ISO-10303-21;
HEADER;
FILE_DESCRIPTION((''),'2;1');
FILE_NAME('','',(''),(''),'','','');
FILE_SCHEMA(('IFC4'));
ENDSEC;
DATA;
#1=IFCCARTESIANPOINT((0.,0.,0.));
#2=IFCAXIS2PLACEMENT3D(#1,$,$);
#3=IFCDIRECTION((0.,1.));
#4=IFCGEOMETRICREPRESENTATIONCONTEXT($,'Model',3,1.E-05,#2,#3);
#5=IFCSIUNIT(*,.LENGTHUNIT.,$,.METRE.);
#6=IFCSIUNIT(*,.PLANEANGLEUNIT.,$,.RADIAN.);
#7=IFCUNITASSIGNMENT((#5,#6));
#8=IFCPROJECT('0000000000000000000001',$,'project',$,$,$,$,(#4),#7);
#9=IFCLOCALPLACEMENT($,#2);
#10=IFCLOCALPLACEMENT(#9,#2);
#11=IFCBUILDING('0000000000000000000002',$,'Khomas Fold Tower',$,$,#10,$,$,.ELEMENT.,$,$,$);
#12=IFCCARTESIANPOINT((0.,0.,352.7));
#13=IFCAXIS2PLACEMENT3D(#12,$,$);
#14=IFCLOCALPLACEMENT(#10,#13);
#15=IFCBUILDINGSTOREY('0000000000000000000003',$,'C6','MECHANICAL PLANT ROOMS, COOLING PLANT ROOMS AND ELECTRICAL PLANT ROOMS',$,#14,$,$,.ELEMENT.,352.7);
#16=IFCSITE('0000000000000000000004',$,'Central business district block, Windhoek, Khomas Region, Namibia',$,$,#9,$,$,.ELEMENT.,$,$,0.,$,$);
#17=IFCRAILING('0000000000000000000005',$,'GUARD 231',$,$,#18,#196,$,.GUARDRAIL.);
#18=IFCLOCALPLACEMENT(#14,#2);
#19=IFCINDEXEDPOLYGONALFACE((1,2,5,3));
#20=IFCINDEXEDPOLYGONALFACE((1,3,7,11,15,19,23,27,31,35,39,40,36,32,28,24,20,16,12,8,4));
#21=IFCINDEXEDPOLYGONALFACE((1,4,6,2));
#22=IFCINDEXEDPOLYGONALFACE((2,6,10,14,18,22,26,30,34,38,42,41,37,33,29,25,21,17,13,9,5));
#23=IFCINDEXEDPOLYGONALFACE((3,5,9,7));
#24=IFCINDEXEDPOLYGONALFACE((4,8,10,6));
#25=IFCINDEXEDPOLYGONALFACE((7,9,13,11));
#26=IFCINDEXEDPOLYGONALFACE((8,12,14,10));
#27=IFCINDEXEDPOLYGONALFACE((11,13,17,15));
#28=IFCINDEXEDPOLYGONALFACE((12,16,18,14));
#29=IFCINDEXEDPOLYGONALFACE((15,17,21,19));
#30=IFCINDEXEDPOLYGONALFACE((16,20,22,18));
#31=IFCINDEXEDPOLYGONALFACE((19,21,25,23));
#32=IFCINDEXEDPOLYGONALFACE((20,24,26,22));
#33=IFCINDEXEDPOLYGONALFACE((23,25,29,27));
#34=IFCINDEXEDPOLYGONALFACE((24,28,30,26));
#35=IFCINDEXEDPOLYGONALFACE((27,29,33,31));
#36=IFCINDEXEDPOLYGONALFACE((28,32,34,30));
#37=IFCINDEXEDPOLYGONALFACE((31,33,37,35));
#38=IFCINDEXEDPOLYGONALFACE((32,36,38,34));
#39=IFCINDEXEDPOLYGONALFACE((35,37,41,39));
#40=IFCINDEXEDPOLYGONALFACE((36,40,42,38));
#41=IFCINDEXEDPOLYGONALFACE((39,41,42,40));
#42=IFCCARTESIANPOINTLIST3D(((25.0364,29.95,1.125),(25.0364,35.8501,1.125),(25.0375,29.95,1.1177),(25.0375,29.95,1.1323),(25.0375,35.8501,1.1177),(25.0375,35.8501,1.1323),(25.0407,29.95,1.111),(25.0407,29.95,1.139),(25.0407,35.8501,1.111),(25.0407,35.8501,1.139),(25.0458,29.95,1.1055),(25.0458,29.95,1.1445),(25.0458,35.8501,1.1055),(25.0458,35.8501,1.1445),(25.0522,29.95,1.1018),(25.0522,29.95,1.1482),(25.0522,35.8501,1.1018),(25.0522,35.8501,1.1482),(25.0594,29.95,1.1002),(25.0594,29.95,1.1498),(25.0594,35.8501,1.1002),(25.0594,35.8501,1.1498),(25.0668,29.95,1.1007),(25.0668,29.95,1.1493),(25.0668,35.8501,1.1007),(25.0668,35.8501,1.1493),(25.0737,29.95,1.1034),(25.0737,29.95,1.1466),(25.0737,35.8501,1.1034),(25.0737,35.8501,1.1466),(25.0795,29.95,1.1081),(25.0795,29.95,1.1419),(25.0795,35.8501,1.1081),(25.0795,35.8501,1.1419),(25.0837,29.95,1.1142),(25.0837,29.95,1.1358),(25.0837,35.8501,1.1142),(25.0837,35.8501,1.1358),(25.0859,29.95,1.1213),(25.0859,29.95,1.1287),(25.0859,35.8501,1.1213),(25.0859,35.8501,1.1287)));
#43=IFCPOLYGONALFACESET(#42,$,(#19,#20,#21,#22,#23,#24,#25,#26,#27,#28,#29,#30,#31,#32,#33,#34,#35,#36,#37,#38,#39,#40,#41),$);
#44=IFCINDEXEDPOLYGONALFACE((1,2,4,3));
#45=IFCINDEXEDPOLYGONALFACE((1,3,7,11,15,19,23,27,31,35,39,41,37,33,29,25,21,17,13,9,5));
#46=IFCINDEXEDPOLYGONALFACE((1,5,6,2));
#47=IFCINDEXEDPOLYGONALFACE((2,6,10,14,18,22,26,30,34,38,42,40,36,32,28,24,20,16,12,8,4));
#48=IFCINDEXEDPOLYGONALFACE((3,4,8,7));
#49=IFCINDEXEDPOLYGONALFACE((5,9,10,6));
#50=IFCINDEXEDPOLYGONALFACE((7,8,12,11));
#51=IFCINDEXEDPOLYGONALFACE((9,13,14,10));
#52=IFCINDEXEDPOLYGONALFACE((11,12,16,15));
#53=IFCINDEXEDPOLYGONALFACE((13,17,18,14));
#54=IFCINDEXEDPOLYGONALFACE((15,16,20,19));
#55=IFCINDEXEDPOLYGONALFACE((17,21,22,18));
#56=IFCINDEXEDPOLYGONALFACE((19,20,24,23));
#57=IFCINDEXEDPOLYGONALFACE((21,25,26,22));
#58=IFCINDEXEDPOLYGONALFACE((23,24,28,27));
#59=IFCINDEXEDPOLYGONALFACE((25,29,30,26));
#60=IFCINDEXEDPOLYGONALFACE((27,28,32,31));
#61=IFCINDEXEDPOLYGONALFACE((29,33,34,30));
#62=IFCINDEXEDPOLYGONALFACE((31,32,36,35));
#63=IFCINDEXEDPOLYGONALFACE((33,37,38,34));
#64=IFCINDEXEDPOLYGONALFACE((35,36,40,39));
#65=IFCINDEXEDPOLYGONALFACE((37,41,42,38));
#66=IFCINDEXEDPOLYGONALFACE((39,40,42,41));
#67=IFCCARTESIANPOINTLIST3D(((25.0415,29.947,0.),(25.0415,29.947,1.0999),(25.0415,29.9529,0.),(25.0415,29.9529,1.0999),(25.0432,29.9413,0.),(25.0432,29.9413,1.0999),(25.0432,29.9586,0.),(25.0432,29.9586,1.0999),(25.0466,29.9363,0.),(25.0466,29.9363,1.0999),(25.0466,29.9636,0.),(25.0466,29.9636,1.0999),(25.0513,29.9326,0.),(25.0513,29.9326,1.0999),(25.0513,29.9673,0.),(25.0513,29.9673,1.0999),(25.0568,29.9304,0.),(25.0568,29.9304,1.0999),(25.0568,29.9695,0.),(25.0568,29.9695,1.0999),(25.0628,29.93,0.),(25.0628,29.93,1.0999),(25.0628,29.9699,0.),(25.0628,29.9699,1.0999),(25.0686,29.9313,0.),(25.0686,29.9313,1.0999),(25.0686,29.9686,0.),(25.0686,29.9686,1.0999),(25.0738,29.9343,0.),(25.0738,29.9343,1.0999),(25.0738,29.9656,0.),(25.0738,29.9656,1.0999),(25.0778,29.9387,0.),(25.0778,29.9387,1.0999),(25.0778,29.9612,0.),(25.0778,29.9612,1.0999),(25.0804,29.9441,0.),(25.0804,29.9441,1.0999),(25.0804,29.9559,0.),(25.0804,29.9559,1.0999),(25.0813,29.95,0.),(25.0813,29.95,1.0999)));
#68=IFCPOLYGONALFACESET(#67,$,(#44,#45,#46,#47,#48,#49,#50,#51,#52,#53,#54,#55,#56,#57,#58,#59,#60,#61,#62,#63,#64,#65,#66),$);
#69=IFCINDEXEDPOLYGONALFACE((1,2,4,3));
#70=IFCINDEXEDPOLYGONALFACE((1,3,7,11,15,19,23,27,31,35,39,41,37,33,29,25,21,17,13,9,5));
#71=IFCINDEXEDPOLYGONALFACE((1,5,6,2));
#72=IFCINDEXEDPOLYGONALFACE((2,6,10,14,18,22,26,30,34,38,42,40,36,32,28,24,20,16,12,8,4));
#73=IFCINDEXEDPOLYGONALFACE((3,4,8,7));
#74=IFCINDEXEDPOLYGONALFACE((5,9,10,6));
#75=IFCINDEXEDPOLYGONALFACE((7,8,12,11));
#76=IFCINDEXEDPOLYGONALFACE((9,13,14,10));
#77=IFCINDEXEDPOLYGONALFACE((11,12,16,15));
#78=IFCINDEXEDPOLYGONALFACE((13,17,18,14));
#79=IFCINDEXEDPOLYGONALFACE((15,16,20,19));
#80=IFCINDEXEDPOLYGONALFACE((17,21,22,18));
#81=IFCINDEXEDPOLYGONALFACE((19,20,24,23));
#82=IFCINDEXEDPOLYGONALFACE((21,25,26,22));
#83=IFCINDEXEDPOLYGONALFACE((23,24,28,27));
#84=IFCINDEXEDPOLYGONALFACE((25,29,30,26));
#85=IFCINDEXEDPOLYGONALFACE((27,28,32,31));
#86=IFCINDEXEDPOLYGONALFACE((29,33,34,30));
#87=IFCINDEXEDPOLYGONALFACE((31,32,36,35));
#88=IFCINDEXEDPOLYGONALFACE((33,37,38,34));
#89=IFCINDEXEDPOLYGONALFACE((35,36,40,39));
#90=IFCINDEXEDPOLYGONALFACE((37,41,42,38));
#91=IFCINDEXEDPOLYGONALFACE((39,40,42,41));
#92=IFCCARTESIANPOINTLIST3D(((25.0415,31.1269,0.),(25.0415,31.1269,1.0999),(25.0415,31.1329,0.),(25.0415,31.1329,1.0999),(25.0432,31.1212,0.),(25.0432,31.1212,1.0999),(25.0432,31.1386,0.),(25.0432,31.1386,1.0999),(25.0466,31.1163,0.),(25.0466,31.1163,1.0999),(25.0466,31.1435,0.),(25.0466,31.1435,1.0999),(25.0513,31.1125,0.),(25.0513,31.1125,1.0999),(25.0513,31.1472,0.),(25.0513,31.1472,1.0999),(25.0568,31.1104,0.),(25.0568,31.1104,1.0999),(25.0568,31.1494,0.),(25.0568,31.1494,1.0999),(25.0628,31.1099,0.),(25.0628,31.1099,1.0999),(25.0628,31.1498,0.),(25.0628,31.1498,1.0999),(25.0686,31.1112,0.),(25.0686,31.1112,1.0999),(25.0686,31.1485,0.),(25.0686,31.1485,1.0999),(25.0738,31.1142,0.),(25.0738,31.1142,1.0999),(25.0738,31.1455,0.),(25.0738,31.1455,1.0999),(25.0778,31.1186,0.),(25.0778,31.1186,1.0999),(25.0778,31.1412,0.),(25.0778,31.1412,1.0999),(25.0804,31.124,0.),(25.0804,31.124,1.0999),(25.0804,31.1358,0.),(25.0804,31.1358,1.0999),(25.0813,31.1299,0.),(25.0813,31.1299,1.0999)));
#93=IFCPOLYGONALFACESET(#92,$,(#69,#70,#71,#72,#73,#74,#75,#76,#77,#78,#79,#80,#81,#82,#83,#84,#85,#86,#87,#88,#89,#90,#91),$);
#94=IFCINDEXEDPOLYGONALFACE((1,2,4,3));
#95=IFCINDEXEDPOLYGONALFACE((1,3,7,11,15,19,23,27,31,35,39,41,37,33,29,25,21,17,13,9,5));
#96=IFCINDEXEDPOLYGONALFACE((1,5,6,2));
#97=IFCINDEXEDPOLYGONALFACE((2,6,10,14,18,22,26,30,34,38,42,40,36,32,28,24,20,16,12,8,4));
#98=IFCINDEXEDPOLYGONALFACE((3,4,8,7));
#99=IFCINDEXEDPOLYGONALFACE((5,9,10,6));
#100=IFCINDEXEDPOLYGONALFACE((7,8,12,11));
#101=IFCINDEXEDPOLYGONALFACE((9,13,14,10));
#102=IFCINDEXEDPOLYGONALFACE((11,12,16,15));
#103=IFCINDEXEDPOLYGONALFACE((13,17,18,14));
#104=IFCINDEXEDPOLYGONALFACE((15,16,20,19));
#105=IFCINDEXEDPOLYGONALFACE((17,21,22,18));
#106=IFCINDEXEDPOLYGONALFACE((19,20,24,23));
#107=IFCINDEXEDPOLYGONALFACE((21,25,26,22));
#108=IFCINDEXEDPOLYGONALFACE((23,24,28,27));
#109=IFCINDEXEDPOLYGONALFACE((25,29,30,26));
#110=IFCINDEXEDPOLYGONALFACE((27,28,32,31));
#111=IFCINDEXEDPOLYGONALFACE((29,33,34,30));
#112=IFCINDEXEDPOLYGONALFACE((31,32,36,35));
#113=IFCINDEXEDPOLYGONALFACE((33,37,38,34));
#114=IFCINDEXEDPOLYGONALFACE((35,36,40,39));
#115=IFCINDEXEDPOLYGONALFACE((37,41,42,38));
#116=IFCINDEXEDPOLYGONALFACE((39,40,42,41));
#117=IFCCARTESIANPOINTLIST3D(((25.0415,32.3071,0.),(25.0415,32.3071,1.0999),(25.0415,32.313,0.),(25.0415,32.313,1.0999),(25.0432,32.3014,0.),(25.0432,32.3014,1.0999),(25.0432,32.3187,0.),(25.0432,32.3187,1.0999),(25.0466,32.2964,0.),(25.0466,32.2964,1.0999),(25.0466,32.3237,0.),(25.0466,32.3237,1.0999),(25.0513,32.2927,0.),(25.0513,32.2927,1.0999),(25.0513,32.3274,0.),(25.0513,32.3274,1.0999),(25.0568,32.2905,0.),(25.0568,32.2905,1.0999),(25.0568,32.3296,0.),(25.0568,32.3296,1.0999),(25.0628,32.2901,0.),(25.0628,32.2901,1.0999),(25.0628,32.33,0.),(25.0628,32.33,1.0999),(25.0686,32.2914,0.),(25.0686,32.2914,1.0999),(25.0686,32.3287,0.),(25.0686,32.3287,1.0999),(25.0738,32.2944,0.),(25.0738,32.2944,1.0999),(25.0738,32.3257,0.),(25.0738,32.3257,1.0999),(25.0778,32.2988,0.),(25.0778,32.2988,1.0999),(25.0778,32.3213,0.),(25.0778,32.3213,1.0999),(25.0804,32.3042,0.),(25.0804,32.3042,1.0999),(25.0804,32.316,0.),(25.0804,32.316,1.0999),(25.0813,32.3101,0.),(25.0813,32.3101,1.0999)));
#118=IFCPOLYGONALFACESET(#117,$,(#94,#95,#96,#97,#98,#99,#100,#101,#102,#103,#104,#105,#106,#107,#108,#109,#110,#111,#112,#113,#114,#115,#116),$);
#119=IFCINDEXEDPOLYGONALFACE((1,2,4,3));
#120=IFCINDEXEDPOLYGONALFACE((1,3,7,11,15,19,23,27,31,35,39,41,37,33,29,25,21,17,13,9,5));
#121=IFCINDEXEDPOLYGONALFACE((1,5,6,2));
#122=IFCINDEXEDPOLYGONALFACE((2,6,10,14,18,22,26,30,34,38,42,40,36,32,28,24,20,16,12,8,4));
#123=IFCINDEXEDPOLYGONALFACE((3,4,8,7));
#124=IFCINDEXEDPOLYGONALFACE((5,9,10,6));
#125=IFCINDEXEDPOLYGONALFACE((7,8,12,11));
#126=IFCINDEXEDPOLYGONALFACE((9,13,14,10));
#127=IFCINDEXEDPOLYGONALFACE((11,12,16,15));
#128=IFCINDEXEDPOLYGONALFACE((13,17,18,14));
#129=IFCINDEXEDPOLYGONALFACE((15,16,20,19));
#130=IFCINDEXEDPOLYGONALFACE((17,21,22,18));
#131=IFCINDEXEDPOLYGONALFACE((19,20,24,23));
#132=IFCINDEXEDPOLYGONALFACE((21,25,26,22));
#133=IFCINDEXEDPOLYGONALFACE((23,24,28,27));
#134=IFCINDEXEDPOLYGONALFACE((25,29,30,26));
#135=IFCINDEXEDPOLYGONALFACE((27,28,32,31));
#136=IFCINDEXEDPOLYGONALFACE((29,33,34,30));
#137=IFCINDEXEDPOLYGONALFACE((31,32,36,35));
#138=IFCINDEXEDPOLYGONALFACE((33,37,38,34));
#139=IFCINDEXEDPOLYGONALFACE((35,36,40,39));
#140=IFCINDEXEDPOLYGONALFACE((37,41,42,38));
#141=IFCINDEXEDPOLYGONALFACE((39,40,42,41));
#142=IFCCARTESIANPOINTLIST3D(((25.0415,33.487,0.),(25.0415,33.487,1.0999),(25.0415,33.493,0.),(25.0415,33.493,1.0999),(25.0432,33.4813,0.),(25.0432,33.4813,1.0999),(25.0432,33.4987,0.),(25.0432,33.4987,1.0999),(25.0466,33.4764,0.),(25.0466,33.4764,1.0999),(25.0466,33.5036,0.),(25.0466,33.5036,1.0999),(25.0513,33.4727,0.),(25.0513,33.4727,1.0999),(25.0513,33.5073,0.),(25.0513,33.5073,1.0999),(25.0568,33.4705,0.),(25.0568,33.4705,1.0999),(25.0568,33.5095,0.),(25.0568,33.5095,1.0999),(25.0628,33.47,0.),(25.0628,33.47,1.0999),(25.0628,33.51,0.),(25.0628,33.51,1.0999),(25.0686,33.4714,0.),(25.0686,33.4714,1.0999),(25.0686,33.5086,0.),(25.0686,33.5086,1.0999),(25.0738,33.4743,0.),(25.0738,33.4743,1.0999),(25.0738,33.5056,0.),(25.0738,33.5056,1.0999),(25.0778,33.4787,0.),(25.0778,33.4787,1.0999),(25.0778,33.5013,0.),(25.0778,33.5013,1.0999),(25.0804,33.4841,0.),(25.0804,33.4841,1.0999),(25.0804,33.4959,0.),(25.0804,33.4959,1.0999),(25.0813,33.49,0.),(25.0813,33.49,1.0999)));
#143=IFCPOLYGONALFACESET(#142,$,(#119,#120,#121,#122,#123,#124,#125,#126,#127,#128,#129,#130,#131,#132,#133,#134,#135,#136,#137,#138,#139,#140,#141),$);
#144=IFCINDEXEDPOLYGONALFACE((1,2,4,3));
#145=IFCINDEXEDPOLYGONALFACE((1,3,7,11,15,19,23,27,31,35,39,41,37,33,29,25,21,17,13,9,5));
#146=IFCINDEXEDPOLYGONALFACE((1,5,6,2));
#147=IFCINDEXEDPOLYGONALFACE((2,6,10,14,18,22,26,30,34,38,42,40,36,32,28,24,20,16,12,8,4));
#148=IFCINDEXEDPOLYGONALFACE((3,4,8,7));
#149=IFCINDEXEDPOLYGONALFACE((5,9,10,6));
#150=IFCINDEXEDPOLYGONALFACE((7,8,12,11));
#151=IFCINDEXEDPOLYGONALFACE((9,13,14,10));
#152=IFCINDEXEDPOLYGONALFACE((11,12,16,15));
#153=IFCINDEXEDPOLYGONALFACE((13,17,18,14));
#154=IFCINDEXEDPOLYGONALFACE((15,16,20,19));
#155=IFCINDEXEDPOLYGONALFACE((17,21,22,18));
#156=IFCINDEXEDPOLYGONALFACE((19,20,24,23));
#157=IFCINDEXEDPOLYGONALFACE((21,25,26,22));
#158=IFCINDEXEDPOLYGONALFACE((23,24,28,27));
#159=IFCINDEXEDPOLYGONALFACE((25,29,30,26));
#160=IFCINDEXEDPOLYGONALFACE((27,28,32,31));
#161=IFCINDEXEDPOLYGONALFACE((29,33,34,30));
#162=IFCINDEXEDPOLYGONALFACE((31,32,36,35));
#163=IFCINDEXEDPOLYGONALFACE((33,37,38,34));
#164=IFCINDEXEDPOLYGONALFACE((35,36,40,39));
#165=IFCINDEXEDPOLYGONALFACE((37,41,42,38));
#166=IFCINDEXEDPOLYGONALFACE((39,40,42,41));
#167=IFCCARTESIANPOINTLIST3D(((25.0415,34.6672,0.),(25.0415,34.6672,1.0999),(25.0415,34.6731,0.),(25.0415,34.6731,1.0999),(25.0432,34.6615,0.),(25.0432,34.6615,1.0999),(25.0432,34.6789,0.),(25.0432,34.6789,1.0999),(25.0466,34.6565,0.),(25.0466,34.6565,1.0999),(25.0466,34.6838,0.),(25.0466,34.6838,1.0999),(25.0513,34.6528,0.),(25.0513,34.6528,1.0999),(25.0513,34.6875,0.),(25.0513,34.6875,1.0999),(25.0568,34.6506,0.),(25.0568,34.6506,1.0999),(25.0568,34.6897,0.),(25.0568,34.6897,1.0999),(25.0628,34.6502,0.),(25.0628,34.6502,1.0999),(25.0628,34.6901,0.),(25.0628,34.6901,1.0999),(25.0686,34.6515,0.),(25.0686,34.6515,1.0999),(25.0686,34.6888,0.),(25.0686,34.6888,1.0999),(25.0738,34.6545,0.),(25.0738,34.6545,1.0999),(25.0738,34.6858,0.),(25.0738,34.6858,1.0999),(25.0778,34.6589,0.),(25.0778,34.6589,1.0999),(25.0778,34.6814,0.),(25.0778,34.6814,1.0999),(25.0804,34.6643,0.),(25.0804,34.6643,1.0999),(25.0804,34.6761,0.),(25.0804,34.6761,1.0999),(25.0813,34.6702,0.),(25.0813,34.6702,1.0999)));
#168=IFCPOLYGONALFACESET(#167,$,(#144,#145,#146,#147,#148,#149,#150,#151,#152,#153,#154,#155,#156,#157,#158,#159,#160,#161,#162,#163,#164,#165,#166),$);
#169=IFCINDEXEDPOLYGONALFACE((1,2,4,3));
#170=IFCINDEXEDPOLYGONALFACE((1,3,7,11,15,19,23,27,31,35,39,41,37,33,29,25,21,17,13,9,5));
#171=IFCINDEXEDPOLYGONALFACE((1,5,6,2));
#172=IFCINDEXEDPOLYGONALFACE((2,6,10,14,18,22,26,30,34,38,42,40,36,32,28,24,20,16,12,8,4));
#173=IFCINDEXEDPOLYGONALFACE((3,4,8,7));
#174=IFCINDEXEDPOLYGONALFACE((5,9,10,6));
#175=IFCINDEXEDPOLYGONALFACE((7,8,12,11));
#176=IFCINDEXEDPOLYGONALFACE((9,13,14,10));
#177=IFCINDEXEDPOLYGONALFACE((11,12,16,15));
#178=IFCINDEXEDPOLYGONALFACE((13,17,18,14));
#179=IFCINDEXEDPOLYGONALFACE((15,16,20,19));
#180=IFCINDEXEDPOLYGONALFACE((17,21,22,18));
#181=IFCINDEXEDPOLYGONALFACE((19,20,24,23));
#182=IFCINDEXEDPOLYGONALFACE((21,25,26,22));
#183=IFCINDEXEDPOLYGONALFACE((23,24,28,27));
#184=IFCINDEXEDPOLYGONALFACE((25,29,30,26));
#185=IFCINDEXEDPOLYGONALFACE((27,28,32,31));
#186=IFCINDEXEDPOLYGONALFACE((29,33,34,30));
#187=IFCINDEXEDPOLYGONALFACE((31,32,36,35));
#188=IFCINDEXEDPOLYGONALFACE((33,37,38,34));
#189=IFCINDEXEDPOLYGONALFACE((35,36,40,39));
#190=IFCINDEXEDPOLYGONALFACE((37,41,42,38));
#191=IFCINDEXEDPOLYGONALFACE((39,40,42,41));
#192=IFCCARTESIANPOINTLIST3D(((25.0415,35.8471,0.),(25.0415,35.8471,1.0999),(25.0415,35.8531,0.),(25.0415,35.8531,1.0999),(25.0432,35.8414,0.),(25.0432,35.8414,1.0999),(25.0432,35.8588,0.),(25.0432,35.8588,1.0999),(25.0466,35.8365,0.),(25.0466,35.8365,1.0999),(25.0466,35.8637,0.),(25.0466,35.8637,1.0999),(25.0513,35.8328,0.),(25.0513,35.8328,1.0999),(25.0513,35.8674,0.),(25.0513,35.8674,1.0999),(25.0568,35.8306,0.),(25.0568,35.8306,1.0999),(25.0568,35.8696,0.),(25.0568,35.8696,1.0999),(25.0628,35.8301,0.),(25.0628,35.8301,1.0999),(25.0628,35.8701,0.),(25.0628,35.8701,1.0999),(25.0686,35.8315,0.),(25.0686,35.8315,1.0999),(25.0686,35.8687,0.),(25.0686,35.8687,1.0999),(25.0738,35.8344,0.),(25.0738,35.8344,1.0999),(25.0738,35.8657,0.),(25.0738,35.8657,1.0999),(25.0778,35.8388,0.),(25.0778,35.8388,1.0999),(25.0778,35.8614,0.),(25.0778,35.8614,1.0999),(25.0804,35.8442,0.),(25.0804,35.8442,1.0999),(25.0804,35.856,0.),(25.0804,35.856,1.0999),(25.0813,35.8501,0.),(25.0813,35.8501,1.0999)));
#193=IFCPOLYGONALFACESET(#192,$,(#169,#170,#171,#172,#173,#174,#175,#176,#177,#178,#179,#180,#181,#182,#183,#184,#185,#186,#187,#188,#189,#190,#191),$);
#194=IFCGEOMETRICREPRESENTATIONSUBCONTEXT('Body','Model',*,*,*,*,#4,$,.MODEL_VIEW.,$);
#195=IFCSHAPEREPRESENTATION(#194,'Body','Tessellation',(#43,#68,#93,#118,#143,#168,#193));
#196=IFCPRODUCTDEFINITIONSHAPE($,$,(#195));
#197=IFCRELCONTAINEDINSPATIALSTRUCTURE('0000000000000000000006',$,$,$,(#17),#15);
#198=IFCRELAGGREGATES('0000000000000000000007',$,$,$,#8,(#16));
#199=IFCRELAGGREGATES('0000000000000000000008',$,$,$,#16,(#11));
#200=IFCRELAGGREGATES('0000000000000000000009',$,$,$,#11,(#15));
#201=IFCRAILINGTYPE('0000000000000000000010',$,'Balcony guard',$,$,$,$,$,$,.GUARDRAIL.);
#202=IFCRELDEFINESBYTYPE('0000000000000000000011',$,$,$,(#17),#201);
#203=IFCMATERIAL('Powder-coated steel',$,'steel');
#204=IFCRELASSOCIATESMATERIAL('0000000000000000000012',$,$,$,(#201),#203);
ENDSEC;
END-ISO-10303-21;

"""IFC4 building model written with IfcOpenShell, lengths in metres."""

from ifc_helpers import new_model, si_unit, direction, frame, origin, origin_2d, place, context, subcontext, project, spatial, circle, extrude, source, transform, mapped, material, type_object, element, save


model = new_model("IFC4")

# Units and contexts
model_context = context("Model", 3, precision=1e-05, world=origin(), true_north=direction((0.0, 1.0)))
body_context = subcontext(model_context, "Body", "Model", "MODEL_VIEW")
ifc_project = project(units=[si_unit("LENGTHUNIT", "METRE"), si_unit("PLANEANGLEUNIT", "RADIAN")], contexts=[model_context])

# Site, building, storey
site_placement = place(None, origin())
site = spatial("IfcSite", under=ifc_project, at=site_placement, Name="Central business district block, Windhoek, Khomas Region, Namibia", CompositionType="ELEMENT", RefElevation=0.0)
building_placement = place(site_placement, origin())
building = spatial("IfcBuilding", under=site, at=building_placement, Name="Khomas Fold Tower", CompositionType="ELEMENT")
storey_placement = place(building_placement, frame((0.0, 0.0, 352.7)))
storey = spatial("IfcBuildingStorey", under=building, at=storey_placement, Name="C6", Description="MECHANICAL PLANT ROOMS, COOLING PLANT ROOMS AND ELECTRICAL PLANT ROOMS", CompositionType="ELEMENT", Elevation=352.7)

# Railing
ifc_material_1 = material(Name="Powder-coated steel", Category="steel")
railing_type = type_object("IfcRailingType", Name="Balcony guard", PredefinedType="GUARDRAIL", material=ifc_material_1)
shared_shape_1 = source(origin(), body_context, "Body", "SweptSolid", [
    extrude(circle(Radius=0.0249, at=origin_2d()), frame((0.0, 0.0, 1.125), z_axis=(0.0, 1.0, 0.0), x_axis=(-1.0, 0.0, 0.0)), (0.0, 0.0, 1.0), 5.9001),
    extrude(circle(Radius=0.02, at=origin_2d()), origin(), (0.0, 0.0, 1.0), 1.0999),
    extrude(circle(Radius=0.02, at=origin_2d()), frame((0.0, 1.1799, 0.0)), (0.0, 0.0, 1.0), 1.0999),
    extrude(circle(Radius=0.02, at=origin_2d()), frame((0.0, 2.3601, 0.0)), (0.0, 0.0, 1.0), 1.0999),
    extrude(circle(Radius=0.02, at=origin_2d()), frame((0.0, 3.54, 0.0)), (0.0, 0.0, 1.0), 1.0999),
    extrude(circle(Radius=0.02, at=origin_2d()), frame((0.0, 4.7202, 0.0)), (0.0, 0.0, 1.0), 1.0999),
    extrude(circle(Radius=0.02, at=origin_2d()), frame((0.0, 5.9001, 0.0)), (0.0, 0.0, 1.0), 1.0999),
])
railing_placement = place(storey_placement, frame((25.0613, 29.95, 0.0)))
element("IfcRailing", 1, at=railing_placement, inside=storey, type_object=railing_type, Name="GUARD 231", PredefinedType="GUARDRAIL", context=body_context, shape_type="MappedRepresentation", body=[
    mapped(shared_shape_1, transform((0.0, 0.0, 0.0))),
])

save(model, "model.ifc")
